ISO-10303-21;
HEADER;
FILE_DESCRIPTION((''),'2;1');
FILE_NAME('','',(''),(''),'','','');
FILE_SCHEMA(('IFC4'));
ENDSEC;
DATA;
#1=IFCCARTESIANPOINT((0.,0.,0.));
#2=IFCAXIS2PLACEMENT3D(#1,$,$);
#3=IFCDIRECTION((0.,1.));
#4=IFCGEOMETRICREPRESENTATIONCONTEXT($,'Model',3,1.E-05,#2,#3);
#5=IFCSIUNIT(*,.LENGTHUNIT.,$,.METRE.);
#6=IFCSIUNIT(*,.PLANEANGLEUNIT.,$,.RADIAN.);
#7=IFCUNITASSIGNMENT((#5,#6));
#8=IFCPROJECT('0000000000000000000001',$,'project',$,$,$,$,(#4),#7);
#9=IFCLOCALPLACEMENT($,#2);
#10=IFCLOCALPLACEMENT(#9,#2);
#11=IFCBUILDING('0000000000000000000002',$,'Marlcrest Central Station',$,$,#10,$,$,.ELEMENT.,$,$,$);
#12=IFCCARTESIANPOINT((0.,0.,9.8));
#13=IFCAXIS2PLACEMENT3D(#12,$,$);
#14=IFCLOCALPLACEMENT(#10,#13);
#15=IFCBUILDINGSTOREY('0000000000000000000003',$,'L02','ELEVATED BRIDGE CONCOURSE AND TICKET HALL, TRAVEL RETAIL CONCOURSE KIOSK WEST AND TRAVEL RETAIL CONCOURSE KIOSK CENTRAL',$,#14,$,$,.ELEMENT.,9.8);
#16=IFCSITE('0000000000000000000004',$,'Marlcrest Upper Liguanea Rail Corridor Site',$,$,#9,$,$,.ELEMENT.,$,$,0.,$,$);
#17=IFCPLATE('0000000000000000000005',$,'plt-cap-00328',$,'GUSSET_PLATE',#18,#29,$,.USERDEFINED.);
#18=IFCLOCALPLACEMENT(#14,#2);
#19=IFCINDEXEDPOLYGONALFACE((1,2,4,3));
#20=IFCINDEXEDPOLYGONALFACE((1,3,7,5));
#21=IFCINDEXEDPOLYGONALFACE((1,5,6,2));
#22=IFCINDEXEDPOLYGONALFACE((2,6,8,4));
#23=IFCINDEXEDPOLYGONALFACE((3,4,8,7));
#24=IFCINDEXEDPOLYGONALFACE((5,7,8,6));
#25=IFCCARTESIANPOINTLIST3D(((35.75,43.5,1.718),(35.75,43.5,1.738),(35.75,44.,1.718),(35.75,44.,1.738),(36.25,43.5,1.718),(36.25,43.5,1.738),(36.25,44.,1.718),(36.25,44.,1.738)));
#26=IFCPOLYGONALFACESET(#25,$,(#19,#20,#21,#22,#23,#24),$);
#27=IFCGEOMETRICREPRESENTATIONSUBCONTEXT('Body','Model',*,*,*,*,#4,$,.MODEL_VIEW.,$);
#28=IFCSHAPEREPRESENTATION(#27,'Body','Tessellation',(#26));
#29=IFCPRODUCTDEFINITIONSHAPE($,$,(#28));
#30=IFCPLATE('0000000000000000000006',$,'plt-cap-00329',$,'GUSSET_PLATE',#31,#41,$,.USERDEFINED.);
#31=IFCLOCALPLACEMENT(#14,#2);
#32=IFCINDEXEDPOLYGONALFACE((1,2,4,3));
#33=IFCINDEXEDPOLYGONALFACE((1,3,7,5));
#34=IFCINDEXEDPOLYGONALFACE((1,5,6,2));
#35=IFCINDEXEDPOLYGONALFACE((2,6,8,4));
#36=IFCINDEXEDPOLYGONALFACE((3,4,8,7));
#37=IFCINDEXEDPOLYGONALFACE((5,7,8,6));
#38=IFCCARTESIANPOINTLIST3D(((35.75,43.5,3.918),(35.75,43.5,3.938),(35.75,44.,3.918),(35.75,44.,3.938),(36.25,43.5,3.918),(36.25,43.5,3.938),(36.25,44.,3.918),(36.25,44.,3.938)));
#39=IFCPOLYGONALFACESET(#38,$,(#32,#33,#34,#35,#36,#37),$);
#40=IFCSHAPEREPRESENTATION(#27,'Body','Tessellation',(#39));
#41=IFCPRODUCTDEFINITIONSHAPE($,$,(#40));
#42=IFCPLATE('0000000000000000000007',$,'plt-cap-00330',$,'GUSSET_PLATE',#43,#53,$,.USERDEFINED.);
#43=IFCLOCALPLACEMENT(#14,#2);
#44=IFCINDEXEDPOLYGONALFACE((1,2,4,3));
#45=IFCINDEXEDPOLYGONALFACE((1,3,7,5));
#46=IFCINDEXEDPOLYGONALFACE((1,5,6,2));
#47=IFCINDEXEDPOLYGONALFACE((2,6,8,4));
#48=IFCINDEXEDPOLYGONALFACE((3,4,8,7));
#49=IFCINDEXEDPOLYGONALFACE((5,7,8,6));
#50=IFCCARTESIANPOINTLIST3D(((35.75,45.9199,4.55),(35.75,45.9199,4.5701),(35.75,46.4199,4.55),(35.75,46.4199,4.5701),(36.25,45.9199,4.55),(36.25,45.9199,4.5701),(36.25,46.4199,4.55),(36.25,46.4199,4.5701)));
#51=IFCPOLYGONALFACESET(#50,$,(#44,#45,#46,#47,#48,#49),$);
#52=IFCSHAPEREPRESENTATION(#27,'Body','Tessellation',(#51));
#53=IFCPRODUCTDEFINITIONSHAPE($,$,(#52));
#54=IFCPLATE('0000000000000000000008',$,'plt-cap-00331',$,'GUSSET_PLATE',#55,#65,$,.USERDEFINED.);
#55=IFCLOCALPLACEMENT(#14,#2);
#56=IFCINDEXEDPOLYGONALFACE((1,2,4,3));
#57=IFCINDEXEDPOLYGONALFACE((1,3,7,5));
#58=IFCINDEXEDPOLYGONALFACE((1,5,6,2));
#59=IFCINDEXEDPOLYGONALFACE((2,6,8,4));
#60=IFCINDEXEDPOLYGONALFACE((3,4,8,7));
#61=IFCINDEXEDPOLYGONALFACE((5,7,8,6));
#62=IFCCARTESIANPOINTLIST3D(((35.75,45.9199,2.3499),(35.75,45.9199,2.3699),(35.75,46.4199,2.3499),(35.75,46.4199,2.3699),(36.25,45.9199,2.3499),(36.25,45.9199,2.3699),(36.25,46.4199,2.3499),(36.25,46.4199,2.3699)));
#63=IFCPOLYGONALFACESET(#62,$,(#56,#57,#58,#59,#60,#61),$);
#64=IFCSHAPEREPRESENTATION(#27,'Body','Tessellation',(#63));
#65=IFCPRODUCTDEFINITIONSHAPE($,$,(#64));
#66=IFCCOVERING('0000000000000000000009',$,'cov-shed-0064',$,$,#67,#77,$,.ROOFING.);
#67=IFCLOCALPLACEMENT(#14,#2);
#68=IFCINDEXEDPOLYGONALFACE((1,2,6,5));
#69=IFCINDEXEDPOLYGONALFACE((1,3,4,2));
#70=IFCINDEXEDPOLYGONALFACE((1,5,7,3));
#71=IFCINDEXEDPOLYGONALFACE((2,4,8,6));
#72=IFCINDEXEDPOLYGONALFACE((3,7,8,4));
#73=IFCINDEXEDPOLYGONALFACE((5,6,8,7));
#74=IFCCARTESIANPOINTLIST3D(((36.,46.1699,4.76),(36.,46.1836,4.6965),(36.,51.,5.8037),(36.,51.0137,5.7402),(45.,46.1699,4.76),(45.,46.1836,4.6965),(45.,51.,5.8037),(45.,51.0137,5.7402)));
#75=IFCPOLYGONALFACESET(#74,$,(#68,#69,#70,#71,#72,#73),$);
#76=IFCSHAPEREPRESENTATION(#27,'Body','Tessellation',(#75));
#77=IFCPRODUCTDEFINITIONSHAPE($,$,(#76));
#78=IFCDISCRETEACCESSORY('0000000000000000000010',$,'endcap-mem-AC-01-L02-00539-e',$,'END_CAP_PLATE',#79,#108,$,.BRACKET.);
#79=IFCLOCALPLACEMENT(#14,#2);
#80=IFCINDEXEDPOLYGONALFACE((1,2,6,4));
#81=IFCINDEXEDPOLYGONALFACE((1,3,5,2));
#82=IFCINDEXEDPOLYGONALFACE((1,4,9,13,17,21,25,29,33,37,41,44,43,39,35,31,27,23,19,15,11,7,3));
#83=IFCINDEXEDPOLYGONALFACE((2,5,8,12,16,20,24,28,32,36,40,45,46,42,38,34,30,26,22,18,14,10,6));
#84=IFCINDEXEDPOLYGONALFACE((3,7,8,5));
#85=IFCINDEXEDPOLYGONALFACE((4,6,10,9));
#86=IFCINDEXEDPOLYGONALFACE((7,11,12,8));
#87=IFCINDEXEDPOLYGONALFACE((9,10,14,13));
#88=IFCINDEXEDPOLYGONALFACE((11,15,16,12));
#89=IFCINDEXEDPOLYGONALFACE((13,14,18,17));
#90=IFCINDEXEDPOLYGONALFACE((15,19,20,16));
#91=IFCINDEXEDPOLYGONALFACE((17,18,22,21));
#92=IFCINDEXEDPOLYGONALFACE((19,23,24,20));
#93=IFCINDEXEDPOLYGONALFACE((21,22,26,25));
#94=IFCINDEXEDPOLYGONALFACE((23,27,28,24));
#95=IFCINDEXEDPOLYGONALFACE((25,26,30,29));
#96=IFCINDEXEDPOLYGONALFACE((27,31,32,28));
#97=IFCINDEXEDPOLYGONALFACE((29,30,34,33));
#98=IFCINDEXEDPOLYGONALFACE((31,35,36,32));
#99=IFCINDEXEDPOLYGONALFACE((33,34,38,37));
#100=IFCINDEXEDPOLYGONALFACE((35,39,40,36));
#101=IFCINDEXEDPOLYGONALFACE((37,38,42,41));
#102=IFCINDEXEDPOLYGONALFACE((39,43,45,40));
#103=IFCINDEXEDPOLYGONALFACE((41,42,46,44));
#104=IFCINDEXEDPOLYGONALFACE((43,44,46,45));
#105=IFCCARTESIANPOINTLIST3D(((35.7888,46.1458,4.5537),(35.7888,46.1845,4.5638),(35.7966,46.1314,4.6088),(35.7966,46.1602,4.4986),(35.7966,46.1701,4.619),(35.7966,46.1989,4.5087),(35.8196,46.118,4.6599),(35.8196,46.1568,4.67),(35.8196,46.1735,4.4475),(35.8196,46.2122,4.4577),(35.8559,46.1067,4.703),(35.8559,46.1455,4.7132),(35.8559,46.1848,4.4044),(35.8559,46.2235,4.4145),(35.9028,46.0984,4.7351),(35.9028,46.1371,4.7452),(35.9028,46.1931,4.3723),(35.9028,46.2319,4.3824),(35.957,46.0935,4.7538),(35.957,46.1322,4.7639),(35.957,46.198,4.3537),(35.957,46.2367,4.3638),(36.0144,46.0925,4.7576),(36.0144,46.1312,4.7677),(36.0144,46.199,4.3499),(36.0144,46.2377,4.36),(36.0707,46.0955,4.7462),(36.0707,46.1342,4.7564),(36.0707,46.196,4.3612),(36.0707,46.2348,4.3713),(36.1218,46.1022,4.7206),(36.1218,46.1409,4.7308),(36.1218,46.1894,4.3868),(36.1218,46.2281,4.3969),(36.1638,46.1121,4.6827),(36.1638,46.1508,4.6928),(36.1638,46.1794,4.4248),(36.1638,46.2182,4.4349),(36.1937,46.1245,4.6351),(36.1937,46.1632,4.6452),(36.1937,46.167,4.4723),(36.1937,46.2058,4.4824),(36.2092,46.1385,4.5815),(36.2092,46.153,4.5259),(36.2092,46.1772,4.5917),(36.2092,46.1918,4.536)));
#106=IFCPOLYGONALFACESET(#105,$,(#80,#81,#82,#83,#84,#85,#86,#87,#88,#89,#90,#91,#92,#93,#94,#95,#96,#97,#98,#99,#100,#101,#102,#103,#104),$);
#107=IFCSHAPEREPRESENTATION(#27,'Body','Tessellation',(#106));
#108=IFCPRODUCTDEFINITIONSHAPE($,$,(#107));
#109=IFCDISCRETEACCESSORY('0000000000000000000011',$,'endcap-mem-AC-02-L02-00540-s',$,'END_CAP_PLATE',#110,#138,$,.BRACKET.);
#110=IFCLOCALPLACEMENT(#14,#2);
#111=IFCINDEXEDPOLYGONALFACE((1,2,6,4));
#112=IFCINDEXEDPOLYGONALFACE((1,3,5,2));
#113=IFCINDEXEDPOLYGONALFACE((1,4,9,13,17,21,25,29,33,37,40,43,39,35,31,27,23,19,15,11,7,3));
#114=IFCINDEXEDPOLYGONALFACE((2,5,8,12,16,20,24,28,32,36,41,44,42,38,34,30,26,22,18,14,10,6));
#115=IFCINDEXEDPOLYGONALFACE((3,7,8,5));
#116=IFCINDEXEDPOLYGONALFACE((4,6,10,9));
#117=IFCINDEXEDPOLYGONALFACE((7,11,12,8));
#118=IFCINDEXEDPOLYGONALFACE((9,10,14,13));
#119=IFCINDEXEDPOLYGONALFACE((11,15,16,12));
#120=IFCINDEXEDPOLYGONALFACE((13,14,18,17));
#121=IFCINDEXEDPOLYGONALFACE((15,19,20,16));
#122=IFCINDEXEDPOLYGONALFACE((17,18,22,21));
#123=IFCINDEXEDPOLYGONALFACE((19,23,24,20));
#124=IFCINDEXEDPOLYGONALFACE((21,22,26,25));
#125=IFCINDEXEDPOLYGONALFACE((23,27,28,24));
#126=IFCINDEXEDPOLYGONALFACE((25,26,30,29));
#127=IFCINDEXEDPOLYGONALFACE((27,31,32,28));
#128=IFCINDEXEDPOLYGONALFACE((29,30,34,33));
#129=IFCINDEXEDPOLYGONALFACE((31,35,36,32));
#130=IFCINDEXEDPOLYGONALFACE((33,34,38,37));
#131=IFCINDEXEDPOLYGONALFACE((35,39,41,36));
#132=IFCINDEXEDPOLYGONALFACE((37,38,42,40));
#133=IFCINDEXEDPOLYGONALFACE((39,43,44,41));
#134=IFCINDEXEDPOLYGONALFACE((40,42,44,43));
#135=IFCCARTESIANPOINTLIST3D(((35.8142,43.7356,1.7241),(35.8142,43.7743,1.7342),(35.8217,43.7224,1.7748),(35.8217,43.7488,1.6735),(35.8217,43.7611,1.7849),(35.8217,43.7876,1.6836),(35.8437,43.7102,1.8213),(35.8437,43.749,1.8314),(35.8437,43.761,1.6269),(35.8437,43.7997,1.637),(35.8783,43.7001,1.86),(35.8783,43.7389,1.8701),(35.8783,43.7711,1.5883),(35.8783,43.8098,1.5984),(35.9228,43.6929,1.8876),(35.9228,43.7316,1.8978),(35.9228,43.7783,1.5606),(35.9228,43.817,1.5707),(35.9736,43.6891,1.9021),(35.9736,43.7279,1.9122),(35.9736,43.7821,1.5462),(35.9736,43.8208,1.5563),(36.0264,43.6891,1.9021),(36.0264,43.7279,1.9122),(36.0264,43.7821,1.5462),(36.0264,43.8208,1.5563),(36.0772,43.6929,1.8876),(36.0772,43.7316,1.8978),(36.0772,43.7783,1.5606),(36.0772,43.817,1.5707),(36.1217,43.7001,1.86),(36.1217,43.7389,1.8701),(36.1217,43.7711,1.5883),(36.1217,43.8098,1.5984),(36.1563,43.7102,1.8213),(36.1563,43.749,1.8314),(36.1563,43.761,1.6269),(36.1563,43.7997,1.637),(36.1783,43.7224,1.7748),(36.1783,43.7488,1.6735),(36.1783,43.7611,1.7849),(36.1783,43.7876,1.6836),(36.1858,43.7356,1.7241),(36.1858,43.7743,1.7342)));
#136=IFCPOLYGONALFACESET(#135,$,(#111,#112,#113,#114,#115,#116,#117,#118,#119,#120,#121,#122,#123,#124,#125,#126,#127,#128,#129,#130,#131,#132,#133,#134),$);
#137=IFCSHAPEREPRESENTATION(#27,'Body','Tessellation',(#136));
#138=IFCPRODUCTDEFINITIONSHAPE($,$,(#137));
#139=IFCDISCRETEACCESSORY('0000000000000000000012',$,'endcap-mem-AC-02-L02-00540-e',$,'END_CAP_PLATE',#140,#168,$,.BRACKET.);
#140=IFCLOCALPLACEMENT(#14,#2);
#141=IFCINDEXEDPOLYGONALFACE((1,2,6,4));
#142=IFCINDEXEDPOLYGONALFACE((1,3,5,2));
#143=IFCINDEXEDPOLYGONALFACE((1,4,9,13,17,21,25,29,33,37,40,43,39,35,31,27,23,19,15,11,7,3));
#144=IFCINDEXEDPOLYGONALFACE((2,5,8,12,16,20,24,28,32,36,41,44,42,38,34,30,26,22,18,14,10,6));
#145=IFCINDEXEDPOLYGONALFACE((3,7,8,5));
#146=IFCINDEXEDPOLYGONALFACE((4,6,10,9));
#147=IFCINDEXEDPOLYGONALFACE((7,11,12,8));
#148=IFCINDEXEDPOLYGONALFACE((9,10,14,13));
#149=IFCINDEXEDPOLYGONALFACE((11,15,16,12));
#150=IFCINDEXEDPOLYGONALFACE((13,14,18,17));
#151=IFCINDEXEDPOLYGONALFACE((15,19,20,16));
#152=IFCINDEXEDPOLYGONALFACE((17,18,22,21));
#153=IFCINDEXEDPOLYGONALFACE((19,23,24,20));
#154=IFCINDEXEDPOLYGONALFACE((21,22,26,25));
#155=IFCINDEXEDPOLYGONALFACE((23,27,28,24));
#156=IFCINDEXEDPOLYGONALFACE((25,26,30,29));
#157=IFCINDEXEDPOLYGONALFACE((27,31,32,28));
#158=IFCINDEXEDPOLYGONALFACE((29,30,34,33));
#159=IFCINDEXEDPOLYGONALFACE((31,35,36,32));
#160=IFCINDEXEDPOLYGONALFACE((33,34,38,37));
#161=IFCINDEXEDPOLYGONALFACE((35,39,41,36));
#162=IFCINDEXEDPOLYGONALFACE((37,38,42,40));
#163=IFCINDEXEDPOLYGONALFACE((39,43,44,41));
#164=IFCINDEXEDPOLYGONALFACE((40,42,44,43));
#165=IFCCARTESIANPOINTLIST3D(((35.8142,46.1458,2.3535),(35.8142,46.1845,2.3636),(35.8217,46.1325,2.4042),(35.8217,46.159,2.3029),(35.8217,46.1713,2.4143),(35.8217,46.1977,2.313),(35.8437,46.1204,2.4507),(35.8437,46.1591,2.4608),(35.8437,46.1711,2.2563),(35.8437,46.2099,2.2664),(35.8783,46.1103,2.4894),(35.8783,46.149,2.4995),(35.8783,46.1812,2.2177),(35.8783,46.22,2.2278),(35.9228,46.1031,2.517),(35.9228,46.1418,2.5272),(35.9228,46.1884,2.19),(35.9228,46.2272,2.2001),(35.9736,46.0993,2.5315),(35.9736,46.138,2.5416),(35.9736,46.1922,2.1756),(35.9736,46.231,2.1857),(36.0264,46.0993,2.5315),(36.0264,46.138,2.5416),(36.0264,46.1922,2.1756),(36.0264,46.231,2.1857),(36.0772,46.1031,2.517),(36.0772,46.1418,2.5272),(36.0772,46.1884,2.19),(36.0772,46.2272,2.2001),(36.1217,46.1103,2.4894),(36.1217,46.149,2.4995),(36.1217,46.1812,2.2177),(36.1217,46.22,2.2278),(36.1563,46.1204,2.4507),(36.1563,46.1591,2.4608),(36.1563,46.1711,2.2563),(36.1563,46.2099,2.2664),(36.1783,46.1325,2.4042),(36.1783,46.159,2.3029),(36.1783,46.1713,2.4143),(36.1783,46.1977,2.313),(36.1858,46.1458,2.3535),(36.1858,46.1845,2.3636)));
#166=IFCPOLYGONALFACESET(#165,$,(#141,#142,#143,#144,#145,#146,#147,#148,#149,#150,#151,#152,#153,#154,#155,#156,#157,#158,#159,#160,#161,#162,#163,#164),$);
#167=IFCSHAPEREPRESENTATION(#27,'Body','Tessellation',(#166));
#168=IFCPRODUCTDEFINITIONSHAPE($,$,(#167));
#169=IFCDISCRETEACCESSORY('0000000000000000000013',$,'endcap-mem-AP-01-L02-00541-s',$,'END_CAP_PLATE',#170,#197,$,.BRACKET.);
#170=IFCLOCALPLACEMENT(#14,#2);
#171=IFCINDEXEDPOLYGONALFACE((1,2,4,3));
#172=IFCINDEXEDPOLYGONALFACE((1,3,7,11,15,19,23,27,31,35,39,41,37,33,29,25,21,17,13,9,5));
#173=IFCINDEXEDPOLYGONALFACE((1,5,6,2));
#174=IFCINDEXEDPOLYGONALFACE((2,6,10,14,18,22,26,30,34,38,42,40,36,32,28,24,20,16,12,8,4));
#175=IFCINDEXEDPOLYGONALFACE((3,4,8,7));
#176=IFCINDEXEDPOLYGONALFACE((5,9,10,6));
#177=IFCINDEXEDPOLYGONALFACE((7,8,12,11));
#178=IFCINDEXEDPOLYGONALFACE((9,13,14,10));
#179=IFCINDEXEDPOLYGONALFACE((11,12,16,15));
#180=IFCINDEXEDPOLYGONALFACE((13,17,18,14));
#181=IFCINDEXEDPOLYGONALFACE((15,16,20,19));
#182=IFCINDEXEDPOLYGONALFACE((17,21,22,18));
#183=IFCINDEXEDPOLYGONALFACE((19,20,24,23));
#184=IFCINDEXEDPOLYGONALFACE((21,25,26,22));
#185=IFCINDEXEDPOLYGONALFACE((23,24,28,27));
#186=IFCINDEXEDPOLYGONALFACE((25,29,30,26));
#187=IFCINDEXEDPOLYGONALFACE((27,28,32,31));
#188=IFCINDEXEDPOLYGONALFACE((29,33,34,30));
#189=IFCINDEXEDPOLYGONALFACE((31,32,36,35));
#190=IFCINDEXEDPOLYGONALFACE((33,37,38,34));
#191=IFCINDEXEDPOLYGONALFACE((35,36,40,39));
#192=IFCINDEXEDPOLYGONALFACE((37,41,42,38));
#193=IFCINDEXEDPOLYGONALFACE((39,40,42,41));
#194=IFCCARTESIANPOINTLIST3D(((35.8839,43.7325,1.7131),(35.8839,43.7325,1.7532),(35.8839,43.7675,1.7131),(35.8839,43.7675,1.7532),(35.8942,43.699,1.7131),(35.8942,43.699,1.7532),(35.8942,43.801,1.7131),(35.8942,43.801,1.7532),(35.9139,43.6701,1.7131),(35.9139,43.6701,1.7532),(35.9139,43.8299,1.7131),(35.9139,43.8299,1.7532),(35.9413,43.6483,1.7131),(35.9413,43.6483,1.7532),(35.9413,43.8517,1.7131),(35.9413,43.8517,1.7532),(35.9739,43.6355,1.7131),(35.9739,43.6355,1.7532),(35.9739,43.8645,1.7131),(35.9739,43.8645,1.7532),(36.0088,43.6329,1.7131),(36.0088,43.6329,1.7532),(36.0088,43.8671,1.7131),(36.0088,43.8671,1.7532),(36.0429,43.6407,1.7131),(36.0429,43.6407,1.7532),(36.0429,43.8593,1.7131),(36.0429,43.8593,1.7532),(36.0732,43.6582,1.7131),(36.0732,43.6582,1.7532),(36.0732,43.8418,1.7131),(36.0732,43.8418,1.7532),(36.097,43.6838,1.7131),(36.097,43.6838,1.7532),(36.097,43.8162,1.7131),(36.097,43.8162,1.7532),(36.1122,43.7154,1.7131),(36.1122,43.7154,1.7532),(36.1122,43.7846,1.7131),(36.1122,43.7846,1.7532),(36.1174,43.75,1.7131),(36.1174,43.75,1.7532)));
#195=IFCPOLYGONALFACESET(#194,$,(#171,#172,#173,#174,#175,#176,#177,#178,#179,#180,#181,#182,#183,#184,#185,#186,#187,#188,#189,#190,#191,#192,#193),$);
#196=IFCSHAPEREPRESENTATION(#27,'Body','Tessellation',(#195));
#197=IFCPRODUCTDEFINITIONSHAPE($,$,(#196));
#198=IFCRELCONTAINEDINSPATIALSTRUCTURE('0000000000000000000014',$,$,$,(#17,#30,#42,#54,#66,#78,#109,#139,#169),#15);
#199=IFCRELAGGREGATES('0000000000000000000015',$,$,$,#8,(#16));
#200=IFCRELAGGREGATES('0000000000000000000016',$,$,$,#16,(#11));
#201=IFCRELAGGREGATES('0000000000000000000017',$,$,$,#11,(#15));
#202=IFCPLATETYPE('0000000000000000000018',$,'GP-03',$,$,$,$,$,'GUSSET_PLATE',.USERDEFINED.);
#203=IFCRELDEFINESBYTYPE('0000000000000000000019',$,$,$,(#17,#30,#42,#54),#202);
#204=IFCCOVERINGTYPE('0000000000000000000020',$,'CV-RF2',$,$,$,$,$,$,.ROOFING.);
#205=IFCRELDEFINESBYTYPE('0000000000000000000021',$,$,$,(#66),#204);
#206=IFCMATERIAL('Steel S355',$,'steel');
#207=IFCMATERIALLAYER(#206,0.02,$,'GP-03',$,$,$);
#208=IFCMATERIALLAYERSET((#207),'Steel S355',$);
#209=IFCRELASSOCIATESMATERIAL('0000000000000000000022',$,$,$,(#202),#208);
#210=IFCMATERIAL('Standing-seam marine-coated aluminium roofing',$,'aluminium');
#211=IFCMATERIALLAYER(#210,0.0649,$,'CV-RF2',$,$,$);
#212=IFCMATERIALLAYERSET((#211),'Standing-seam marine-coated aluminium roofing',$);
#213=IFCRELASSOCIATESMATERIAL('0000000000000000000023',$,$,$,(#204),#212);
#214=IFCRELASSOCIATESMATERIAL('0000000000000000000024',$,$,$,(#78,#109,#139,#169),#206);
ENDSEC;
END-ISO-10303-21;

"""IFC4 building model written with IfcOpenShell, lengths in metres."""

from ifc_helpers import new_model, si_unit, direction, frame, origin, origin_2d, place, context, subcontext, project, spatial, polyline, rectangle, circle, outline, extrude, material, layer, layer_set, type_object, element, save


model = new_model("IFC4")

# Units and contexts
model_context = context("Model", 3, precision=1e-05, world=origin(), true_north=direction((0.0, 1.0)))
body_context = subcontext(model_context, "Body", "Model", "MODEL_VIEW")
ifc_project = project(units=[si_unit("LENGTHUNIT", "METRE"), si_unit("PLANEANGLEUNIT", "RADIAN")], contexts=[model_context])

# Site, building, storey
site_placement = place(None, origin())
site = spatial("IfcSite", under=ifc_project, at=site_placement, Name="Marlcrest Upper Liguanea Rail Corridor Site", CompositionType="ELEMENT", RefElevation=0.0)
building_placement = place(site_placement, origin())
building = spatial("IfcBuilding", under=site, at=building_placement, Name="Marlcrest Central Station", CompositionType="ELEMENT")
storey_placement = place(building_placement, frame((0.0, 0.0, 9.8)))
storey = spatial("IfcBuildingStorey", under=building, at=storey_placement, Name="L02", Description="ELEVATED BRIDGE CONCOURSE AND TICKET HALL, TRAVEL RETAIL CONCOURSE KIOSK WEST AND TRAVEL RETAIL CONCOURSE KIOSK CENTRAL", CompositionType="ELEMENT", Elevation=9.8)

# Shared definitions
ifc_material_1 = material(Name="Steel S355", Category="steel")

# Plates
ifc_layer_1 = layer(ifc_material_1, 0.02, Name="GP-03")
ifc_layer_set_1 = layer_set([ifc_layer_1], Name="Steel S355")
plate_type = type_object("IfcPlateType", Name="GP-03", ElementType="GUSSET_PLATE", PredefinedType="USERDEFINED", material=ifc_layer_set_1)
for number, where, z_axis, x_axis, name in (
    (1, (36.0, 43.75, 1.718), (0.0, 0.0, 1.0), (1.0, 0.0, 0.0), "plt-cap-00328"),
    (2, (36.0, 43.75, 3.918), (0.0, 0.0, 1.0), (1.0, 0.0, 0.0), "plt-cap-00329"),
    (3, (36.0, 46.1699, 4.55), (0.0, 0.0, 1.0), (1.0, 0.0, 0.0), "plt-cap-00330"),
    (4, (36.0, 46.1699, 2.3499), (0.0, 0.0, 1.0), (1.0, 0.0, 0.0), "plt-cap-00331"),
):
    element("IfcPlate", number, at=place(storey_placement, frame(where, z_axis=z_axis, x_axis=x_axis)), inside=storey, type_object=plate_type, Name=name, ObjectType="GUSSET_PLATE", PredefinedType="USERDEFINED", context=body_context, shape_type="SweptSolid", body=[
        extrude(rectangle(XDim=0.5, YDim=0.5, at=origin_2d()), origin(), (0.0, 0.0, 1.0), 0.02),
    ])

# Covering
ifc_material_2 = material(Name="Standing-seam marine-coated aluminium roofing", Category="aluminium")
ifc_layer_2 = layer(ifc_material_2, 0.0649, Name="CV-RF2")
ifc_layer_set_2 = layer_set([ifc_layer_2], Name="Standing-seam marine-coated aluminium roofing")
covering_type = type_object("IfcCoveringType", Name="CV-RF2", PredefinedType="ROOFING", material=ifc_layer_set_2)
covering_placement = place(storey_placement, frame((36.0, 46.1699, 4.76), z_axis=(0.0, -0.211209, 0.977441), x_axis=(1.0, 0.0, 0.0)))
element("IfcCovering", 5, at=covering_placement, inside=storey, type_object=covering_type, Name="cov-shed-0064", PredefinedType="ROOFING", context=body_context, shape_type="SweptSolid", body=[
    extrude(outline(polyline([(0.0, 0.0), (9.0, 0.0), (9.0, 4.9416), (0.0, 4.9416), (0.0, 0.0)])), origin(), (0.0, 0.0, -1.0), 0.0649),
])

# Discrete accessories
discrete_accessory_1_placement = place(storey_placement, frame((36.0, 46.1458, 4.5537), z_axis=(0.0, 0.967539, 0.25272), x_axis=(-1.0, 0.0, 0.0)))
element("IfcDiscreteAccessory", 6, at=discrete_accessory_1_placement, inside=storey, material=ifc_material_1, Name="endcap-mem-AC-01-L02-00539-e", ObjectType="END_CAP_PLATE", PredefinedType="BRACKET", context=body_context, shape_type="SweptSolid", body=[
    extrude(circle(Radius=0.2112, at=origin_2d()), origin(), (0.0, 0.0, 1.0), 0.04),
])
for number, where, z_axis, x_axis, name in (
    (7, (36.0, 43.7356, 1.7241), (0.0, 0.967563, 0.252629), (-1.0, 0.0, 0.0), "endcap-mem-AC-02-L02-00540-s"),
    (8, (36.0, 46.1458, 2.3535), (0.0, 0.967563, 0.252629), (-1.0, 0.0, 0.0), "endcap-mem-AC-02-L02-00540-e"),
):
    element("IfcDiscreteAccessory", number, at=place(storey_placement, frame(where, z_axis=z_axis, x_axis=x_axis)), inside=storey, material=ifc_material_1, Name=name, ObjectType="END_CAP_PLATE", PredefinedType="BRACKET", context=body_context, shape_type="SweptSolid", body=[
        extrude(circle(Radius=0.1858, at=origin_2d()), origin(), (0.0, 0.0, 1.0), 0.04),
    ])
for number, where, z_axis, x_axis, name in (
    (9, (36.0, 43.75, 1.7131), (0.0, 0.0, 1.0), (1.0, 0.0, 0.0), "endcap-mem-AP-01-L02-00541-s"),
):
    element("IfcDiscreteAccessory", number, at=place(storey_placement, frame(where, z_axis=z_axis, x_axis=x_axis)), inside=storey, material=ifc_material_1, Name=name, ObjectType="END_CAP_PLATE", PredefinedType="BRACKET", context=body_context, shape_type="SweptSolid", body=[
        extrude(circle(Radius=0.1174, at=origin_2d()), origin(), (0.0, 0.0, 1.0), 0.04),
    ])

save(model, "model.ifc")
